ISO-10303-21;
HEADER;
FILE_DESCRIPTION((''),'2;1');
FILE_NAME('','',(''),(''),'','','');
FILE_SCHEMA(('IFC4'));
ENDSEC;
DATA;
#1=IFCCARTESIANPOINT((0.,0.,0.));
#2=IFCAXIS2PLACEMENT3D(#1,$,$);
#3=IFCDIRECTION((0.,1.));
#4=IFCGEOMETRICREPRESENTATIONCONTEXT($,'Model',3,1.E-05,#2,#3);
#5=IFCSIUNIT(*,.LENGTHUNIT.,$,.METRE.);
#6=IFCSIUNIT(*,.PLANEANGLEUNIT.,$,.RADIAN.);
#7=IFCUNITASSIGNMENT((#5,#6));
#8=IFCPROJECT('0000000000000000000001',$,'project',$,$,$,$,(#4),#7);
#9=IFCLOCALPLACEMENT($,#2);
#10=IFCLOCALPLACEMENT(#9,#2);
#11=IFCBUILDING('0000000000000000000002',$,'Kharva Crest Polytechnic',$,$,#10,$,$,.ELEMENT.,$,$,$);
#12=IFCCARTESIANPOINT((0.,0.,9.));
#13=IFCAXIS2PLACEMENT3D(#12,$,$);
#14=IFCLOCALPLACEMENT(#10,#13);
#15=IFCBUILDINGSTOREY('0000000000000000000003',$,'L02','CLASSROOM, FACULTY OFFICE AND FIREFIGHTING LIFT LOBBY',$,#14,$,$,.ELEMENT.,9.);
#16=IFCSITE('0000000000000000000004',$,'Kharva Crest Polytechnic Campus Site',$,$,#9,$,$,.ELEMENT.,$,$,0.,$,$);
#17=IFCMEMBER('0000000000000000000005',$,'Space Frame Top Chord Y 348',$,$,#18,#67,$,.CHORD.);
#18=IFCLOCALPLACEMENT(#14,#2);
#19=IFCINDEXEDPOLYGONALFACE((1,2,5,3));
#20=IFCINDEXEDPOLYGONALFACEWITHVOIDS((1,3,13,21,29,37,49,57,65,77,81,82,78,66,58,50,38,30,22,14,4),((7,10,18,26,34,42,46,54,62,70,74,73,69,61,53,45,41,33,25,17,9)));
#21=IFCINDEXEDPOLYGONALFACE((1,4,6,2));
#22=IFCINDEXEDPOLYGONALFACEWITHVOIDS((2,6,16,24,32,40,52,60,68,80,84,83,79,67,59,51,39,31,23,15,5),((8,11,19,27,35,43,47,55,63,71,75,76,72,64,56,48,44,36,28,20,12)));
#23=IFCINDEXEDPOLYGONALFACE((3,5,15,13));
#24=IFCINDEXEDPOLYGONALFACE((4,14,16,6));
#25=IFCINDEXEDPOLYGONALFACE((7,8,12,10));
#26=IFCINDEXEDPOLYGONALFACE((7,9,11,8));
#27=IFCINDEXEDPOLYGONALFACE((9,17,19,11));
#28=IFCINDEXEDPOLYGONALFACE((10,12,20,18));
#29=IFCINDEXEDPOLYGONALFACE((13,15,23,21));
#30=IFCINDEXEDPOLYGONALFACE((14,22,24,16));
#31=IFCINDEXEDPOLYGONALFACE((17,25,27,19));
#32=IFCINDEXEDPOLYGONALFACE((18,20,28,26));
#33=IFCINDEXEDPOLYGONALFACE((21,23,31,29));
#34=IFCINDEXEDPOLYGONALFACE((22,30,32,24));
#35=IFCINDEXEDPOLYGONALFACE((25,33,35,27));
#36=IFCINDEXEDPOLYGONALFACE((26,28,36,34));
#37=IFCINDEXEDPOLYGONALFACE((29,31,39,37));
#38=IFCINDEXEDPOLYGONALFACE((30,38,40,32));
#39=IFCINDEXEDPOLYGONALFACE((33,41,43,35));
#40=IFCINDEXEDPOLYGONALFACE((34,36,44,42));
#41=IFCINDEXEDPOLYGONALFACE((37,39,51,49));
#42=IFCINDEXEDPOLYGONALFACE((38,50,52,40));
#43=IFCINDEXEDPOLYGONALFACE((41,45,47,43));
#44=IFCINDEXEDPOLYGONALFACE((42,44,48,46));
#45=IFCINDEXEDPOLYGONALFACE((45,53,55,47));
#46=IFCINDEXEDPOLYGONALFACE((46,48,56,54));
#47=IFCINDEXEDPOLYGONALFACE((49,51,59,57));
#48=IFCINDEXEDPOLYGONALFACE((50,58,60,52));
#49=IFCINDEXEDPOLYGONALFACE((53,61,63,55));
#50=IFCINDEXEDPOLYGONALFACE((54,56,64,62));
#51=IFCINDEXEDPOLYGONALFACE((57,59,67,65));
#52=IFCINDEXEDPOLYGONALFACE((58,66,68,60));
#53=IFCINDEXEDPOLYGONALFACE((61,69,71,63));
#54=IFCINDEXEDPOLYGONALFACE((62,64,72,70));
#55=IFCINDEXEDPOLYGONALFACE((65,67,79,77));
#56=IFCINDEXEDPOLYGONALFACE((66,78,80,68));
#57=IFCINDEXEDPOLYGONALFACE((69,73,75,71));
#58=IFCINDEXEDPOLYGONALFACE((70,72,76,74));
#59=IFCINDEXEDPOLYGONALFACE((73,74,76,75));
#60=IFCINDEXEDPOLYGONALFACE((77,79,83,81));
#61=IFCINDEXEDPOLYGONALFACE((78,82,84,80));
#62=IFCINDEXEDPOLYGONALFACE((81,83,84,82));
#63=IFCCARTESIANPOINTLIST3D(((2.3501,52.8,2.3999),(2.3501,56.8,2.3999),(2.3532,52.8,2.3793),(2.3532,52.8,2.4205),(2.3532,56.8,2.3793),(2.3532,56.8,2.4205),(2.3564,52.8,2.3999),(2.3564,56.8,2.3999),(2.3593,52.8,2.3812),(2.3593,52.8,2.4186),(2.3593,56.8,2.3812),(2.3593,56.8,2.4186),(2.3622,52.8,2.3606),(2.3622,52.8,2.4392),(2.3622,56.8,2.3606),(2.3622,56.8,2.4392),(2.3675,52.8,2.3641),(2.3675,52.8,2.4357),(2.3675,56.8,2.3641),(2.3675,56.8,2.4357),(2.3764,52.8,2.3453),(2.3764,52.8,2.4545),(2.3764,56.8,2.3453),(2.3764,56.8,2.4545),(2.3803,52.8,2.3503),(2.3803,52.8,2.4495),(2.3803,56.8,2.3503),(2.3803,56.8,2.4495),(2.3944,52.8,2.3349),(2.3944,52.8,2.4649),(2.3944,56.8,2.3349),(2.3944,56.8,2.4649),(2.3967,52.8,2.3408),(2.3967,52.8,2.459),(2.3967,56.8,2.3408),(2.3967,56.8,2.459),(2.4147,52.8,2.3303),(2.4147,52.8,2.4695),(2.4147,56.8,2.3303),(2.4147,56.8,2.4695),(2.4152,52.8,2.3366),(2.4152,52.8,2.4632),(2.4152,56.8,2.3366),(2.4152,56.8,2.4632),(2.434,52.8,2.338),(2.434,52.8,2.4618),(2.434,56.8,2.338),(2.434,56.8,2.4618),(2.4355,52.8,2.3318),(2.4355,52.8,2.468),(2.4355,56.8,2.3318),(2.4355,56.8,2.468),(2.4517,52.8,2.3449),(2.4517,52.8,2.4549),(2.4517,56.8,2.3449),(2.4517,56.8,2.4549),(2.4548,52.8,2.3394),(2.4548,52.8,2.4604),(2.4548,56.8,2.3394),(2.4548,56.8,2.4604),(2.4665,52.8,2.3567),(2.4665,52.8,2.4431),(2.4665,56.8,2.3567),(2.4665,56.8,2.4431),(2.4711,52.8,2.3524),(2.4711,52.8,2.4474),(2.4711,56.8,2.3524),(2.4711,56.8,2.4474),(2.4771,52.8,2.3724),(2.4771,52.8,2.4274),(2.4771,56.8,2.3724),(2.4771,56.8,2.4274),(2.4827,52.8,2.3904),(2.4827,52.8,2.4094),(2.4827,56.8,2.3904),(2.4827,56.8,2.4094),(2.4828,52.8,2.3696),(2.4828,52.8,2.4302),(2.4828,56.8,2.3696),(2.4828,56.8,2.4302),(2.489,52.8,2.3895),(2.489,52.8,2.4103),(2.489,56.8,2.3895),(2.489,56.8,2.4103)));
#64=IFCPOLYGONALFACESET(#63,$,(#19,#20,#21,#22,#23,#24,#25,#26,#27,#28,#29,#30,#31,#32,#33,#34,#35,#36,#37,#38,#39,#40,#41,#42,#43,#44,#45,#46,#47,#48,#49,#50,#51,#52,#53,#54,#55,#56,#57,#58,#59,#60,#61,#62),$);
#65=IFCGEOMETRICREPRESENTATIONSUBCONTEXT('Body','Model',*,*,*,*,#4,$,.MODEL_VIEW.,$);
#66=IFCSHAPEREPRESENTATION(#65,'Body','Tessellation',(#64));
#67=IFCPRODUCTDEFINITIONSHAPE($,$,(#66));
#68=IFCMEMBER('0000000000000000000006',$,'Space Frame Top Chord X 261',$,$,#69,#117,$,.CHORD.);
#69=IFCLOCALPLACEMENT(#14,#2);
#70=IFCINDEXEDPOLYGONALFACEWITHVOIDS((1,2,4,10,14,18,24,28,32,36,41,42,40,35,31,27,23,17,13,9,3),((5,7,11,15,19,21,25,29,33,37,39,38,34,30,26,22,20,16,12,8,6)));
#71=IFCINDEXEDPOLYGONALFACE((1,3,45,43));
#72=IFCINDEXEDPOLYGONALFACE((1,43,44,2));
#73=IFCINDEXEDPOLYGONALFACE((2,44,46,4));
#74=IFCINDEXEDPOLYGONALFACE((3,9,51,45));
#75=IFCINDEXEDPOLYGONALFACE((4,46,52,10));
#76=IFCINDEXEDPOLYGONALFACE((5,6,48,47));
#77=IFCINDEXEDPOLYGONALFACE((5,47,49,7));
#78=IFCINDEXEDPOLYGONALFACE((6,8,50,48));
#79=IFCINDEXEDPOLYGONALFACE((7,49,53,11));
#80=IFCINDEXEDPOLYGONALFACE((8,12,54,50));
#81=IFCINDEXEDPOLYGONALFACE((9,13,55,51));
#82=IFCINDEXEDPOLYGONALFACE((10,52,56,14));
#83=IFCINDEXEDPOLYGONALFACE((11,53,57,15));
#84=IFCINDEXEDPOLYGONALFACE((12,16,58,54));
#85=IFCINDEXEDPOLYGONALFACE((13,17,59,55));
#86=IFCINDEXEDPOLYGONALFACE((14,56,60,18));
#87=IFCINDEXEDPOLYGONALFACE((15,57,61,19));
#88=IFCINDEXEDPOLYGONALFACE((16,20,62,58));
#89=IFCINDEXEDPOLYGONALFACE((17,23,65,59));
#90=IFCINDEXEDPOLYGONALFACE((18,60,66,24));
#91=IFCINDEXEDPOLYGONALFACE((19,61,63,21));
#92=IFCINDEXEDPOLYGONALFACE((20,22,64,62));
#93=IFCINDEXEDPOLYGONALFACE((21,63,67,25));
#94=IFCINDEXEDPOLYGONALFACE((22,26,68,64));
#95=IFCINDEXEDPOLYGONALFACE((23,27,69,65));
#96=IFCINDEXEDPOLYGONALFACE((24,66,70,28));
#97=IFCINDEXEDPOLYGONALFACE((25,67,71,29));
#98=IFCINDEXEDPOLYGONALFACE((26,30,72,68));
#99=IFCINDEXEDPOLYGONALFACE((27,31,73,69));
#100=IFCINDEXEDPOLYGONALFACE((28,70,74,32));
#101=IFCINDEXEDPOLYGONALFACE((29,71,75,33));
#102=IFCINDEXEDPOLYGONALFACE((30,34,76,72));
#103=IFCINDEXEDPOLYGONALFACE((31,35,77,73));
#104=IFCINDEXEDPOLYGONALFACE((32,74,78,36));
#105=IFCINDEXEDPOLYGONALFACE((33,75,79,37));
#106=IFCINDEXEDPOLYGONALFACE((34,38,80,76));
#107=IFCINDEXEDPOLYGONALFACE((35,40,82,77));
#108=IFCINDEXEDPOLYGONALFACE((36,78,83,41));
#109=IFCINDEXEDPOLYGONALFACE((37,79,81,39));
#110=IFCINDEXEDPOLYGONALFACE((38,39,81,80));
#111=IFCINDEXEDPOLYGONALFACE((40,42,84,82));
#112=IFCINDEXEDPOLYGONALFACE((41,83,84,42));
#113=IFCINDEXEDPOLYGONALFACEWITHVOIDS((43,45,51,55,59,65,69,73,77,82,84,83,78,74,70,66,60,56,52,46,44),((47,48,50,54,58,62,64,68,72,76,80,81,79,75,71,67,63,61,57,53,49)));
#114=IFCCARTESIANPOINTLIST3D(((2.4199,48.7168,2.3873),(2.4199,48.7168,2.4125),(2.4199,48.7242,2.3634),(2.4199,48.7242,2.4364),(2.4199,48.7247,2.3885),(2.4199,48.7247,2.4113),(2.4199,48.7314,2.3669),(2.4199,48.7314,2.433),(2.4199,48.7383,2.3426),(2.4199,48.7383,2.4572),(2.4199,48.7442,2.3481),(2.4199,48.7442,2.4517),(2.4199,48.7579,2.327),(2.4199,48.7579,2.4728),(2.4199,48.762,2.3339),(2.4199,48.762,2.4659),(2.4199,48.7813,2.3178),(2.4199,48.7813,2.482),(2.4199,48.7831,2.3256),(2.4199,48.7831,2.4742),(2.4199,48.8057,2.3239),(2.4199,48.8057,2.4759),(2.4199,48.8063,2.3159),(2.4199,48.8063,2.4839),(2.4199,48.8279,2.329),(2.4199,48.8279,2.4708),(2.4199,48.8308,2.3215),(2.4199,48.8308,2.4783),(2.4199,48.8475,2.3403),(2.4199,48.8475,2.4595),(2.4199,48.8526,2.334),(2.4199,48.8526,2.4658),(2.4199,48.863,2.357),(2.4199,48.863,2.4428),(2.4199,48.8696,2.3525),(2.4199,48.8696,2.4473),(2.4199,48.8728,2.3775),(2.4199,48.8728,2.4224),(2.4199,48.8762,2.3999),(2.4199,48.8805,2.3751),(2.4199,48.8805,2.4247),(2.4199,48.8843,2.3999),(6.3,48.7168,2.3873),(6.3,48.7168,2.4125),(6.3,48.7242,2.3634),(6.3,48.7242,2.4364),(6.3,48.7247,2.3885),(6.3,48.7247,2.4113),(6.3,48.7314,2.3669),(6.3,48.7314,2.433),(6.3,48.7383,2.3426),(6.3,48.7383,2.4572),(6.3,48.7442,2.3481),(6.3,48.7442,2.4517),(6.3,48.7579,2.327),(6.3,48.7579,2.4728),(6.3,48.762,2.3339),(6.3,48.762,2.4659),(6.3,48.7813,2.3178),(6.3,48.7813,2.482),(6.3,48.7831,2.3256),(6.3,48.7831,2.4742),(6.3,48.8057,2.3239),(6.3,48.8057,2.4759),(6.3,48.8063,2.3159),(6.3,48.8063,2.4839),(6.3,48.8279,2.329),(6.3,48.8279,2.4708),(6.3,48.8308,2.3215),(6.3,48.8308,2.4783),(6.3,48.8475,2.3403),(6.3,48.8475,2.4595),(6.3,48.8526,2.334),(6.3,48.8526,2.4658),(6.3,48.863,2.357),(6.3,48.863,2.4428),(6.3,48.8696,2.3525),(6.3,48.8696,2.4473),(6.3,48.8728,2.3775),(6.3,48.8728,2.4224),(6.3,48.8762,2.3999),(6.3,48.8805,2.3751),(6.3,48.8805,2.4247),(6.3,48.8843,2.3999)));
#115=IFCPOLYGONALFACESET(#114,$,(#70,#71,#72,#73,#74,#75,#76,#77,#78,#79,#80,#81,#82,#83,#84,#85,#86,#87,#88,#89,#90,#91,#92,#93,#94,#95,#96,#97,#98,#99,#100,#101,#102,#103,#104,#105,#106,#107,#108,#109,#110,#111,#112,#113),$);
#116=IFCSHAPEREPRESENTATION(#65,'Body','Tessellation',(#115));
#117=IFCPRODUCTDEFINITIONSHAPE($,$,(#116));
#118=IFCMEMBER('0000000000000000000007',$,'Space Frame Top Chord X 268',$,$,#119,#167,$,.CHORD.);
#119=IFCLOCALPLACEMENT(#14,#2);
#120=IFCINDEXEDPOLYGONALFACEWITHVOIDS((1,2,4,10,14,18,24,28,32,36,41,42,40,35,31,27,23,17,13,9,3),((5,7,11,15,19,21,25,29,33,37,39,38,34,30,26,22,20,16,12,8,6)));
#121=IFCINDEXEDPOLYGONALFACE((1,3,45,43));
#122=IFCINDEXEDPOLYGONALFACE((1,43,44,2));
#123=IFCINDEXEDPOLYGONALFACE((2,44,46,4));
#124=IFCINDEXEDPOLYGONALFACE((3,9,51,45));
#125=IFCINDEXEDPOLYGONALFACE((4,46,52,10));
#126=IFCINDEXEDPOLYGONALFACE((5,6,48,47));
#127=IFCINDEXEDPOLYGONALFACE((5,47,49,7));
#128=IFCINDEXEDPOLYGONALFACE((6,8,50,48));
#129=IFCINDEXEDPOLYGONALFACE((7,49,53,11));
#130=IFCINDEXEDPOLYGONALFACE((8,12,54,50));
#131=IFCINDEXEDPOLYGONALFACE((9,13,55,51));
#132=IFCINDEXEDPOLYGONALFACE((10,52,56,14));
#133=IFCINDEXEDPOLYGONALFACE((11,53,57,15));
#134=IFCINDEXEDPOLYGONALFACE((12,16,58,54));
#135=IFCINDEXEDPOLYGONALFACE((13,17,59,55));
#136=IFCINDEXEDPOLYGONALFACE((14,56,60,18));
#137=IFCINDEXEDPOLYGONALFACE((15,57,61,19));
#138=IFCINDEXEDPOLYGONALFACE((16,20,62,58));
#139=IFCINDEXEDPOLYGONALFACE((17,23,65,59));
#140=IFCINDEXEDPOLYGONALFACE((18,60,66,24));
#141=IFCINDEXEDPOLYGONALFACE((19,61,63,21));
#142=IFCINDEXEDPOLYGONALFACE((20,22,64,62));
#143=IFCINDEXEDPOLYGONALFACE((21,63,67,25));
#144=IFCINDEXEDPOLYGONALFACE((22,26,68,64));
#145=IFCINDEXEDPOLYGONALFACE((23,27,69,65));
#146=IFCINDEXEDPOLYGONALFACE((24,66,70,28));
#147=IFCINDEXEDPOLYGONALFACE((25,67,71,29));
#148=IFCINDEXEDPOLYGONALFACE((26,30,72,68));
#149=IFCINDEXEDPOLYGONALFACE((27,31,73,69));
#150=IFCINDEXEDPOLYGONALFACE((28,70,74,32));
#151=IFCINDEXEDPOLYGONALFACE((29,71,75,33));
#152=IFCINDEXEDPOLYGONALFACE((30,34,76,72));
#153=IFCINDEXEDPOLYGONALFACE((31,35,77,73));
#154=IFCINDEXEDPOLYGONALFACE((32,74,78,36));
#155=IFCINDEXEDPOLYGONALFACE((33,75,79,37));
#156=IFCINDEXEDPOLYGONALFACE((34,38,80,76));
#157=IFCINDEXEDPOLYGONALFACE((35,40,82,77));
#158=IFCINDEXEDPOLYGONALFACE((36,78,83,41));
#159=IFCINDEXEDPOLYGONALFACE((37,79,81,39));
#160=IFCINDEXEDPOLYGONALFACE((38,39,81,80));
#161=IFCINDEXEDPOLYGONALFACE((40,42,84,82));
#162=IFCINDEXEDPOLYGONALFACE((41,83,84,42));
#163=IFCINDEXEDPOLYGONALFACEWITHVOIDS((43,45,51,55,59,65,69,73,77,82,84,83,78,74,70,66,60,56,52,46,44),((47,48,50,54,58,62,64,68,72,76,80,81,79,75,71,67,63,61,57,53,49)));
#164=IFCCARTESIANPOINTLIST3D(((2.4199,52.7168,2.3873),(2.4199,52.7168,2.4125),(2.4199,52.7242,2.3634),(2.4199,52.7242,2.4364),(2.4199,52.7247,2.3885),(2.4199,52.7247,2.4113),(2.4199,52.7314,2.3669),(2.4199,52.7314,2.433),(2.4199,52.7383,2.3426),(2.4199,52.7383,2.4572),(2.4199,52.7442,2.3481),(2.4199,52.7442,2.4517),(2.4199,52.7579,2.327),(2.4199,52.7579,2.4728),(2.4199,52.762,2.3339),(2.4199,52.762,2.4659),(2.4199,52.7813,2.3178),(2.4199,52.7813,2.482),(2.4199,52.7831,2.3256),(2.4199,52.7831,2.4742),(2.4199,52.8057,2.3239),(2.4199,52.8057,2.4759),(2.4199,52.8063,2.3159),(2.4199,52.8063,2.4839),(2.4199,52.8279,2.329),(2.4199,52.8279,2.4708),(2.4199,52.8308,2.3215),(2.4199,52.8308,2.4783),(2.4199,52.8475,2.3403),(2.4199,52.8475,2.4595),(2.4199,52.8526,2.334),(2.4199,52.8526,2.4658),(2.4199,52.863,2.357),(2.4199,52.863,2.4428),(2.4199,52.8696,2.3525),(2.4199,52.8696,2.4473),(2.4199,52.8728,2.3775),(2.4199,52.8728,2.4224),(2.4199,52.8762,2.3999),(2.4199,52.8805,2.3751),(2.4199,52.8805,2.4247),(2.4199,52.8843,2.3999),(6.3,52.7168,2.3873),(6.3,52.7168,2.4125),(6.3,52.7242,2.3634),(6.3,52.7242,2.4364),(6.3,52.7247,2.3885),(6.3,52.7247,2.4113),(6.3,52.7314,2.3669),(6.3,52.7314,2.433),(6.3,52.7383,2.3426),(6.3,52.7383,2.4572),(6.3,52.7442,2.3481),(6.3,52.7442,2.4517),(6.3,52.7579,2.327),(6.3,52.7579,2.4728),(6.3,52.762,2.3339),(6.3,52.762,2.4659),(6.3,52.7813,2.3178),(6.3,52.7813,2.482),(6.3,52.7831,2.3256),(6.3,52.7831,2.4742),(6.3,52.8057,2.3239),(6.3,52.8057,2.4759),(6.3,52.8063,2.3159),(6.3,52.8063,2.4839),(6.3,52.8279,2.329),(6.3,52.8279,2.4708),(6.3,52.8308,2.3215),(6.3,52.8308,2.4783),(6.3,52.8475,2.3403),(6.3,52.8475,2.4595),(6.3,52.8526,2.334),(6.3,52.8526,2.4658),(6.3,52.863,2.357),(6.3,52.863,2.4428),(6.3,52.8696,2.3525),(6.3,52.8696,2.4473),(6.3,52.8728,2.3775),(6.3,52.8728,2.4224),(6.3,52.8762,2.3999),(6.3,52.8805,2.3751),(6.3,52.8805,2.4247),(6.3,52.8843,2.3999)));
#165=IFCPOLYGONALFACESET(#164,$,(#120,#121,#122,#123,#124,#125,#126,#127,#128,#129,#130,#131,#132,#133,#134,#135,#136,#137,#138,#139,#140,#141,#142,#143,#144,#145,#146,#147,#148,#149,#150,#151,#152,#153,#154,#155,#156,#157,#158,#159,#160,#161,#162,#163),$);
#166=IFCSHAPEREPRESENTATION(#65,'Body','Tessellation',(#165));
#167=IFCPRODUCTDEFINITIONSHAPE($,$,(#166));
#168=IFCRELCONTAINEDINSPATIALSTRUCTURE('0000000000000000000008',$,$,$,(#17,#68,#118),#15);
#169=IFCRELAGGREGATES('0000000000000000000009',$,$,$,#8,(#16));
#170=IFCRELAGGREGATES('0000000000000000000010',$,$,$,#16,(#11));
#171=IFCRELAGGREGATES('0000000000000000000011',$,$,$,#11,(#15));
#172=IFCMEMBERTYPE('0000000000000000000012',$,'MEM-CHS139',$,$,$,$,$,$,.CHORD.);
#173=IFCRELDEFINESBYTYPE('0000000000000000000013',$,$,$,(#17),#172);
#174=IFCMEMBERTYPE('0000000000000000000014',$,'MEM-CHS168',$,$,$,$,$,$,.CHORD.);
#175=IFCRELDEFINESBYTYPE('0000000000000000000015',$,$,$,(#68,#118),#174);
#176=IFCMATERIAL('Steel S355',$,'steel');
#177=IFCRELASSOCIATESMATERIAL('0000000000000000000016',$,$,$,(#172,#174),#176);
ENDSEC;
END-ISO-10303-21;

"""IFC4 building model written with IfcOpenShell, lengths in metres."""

from ifc_helpers import new_model, si_unit, direction, frame, origin, origin_2d, place, context, subcontext, project, spatial, hollow_circle, extrude, material, material_profile, profile_set, type_object, element, save


model = new_model("IFC4")

# Units and contexts
model_context = context("Model", 3, precision=1e-05, world=origin(), true_north=direction((0.0, 1.0)))
body_context = subcontext(model_context, "Body", "Model", "MODEL_VIEW")
ifc_project = project(units=[si_unit("LENGTHUNIT", "METRE"), si_unit("PLANEANGLEUNIT", "RADIAN")], contexts=[model_context])

# Site, building, storey
site_placement = place(None, origin())
site = spatial("IfcSite", under=ifc_project, at=site_placement, Name="Kharva Crest Polytechnic Campus Site", CompositionType="ELEMENT", RefElevation=0.0)
building_placement = place(site_placement, origin())
building = spatial("IfcBuilding", under=site, at=building_placement, Name="Kharva Crest Polytechnic", CompositionType="ELEMENT")
storey_placement = place(building_placement, frame((0.0, 0.0, 9.0)))
storey = spatial("IfcBuildingStorey", under=building, at=storey_placement, Name="L02", Description="CLASSROOM, FACULTY OFFICE AND FIREFIGHTING LIFT LOBBY", CompositionType="ELEMENT", Elevation=9.0)

# Shared definitions
ifc_material_1 = material(Name="Steel S355", Category="steel")

# Members
ifc_material_profile_1 = material_profile(ifc_material_1, hollow_circle(Radius=0.0698, WallThickness=0.0063, at=origin_2d()), Name="CHS 139.7X6.3")
ifc_profile_set_1 = profile_set([ifc_material_profile_1], Name="Steel S355")
member_type_1 = type_object("IfcMemberType", Name="MEM-CHS139", PredefinedType="CHORD", material=ifc_profile_set_1)
for number, where, z_axis, x_axis, name in (
    (1, (2.4199, 52.8, 2.3999), (0.0, 1.0, 0.0), (-1.0, 0.0, 0.0), "Space Frame Top Chord Y 348"),
):
    element("IfcMember", number, at=place(storey_placement, frame(where, z_axis=z_axis, x_axis=x_axis)), inside=storey, type_object=member_type_1, Name=name, PredefinedType="CHORD", context=body_context, shape_type="SweptSolid", body=[
        extrude(hollow_circle(Radius=0.0698, WallThickness=0.0063, at=origin_2d()), origin(), (0.0, 0.0, 1.0), 4.0),
    ])
ifc_material_profile_2 = material_profile(ifc_material_1, hollow_circle(Radius=0.0842, WallThickness=0.0081, at=origin_2d()), Name="CHS 168.3X8.0")
ifc_profile_set_2 = profile_set([ifc_material_profile_2], Name="Steel S355")
member_type_2 = type_object("IfcMemberType", Name="MEM-CHS168", PredefinedType="CHORD", material=ifc_profile_set_2)
for number, where, z_axis, x_axis, name in (
    (2, (2.4199, 48.8, 2.3999), (1.0, 0.0, 0.0), (0.0, 1.0, 0.0), "Space Frame Top Chord X 261"),
    (3, (2.4199, 52.8, 2.3999), (1.0, 0.0, 0.0), (0.0, 1.0, 0.0), "Space Frame Top Chord X 268"),
):
    element("IfcMember", number, at=place(storey_placement, frame(where, z_axis=z_axis, x_axis=x_axis)), inside=storey, type_object=member_type_2, Name=name, PredefinedType="CHORD", context=body_context, shape_type="SweptSolid", body=[
        extrude(hollow_circle(Radius=0.0842, WallThickness=0.0081, at=origin_2d()), origin(), (0.0, 0.0, 1.0), 3.8801),
    ])

save(model, "model.ifc")
